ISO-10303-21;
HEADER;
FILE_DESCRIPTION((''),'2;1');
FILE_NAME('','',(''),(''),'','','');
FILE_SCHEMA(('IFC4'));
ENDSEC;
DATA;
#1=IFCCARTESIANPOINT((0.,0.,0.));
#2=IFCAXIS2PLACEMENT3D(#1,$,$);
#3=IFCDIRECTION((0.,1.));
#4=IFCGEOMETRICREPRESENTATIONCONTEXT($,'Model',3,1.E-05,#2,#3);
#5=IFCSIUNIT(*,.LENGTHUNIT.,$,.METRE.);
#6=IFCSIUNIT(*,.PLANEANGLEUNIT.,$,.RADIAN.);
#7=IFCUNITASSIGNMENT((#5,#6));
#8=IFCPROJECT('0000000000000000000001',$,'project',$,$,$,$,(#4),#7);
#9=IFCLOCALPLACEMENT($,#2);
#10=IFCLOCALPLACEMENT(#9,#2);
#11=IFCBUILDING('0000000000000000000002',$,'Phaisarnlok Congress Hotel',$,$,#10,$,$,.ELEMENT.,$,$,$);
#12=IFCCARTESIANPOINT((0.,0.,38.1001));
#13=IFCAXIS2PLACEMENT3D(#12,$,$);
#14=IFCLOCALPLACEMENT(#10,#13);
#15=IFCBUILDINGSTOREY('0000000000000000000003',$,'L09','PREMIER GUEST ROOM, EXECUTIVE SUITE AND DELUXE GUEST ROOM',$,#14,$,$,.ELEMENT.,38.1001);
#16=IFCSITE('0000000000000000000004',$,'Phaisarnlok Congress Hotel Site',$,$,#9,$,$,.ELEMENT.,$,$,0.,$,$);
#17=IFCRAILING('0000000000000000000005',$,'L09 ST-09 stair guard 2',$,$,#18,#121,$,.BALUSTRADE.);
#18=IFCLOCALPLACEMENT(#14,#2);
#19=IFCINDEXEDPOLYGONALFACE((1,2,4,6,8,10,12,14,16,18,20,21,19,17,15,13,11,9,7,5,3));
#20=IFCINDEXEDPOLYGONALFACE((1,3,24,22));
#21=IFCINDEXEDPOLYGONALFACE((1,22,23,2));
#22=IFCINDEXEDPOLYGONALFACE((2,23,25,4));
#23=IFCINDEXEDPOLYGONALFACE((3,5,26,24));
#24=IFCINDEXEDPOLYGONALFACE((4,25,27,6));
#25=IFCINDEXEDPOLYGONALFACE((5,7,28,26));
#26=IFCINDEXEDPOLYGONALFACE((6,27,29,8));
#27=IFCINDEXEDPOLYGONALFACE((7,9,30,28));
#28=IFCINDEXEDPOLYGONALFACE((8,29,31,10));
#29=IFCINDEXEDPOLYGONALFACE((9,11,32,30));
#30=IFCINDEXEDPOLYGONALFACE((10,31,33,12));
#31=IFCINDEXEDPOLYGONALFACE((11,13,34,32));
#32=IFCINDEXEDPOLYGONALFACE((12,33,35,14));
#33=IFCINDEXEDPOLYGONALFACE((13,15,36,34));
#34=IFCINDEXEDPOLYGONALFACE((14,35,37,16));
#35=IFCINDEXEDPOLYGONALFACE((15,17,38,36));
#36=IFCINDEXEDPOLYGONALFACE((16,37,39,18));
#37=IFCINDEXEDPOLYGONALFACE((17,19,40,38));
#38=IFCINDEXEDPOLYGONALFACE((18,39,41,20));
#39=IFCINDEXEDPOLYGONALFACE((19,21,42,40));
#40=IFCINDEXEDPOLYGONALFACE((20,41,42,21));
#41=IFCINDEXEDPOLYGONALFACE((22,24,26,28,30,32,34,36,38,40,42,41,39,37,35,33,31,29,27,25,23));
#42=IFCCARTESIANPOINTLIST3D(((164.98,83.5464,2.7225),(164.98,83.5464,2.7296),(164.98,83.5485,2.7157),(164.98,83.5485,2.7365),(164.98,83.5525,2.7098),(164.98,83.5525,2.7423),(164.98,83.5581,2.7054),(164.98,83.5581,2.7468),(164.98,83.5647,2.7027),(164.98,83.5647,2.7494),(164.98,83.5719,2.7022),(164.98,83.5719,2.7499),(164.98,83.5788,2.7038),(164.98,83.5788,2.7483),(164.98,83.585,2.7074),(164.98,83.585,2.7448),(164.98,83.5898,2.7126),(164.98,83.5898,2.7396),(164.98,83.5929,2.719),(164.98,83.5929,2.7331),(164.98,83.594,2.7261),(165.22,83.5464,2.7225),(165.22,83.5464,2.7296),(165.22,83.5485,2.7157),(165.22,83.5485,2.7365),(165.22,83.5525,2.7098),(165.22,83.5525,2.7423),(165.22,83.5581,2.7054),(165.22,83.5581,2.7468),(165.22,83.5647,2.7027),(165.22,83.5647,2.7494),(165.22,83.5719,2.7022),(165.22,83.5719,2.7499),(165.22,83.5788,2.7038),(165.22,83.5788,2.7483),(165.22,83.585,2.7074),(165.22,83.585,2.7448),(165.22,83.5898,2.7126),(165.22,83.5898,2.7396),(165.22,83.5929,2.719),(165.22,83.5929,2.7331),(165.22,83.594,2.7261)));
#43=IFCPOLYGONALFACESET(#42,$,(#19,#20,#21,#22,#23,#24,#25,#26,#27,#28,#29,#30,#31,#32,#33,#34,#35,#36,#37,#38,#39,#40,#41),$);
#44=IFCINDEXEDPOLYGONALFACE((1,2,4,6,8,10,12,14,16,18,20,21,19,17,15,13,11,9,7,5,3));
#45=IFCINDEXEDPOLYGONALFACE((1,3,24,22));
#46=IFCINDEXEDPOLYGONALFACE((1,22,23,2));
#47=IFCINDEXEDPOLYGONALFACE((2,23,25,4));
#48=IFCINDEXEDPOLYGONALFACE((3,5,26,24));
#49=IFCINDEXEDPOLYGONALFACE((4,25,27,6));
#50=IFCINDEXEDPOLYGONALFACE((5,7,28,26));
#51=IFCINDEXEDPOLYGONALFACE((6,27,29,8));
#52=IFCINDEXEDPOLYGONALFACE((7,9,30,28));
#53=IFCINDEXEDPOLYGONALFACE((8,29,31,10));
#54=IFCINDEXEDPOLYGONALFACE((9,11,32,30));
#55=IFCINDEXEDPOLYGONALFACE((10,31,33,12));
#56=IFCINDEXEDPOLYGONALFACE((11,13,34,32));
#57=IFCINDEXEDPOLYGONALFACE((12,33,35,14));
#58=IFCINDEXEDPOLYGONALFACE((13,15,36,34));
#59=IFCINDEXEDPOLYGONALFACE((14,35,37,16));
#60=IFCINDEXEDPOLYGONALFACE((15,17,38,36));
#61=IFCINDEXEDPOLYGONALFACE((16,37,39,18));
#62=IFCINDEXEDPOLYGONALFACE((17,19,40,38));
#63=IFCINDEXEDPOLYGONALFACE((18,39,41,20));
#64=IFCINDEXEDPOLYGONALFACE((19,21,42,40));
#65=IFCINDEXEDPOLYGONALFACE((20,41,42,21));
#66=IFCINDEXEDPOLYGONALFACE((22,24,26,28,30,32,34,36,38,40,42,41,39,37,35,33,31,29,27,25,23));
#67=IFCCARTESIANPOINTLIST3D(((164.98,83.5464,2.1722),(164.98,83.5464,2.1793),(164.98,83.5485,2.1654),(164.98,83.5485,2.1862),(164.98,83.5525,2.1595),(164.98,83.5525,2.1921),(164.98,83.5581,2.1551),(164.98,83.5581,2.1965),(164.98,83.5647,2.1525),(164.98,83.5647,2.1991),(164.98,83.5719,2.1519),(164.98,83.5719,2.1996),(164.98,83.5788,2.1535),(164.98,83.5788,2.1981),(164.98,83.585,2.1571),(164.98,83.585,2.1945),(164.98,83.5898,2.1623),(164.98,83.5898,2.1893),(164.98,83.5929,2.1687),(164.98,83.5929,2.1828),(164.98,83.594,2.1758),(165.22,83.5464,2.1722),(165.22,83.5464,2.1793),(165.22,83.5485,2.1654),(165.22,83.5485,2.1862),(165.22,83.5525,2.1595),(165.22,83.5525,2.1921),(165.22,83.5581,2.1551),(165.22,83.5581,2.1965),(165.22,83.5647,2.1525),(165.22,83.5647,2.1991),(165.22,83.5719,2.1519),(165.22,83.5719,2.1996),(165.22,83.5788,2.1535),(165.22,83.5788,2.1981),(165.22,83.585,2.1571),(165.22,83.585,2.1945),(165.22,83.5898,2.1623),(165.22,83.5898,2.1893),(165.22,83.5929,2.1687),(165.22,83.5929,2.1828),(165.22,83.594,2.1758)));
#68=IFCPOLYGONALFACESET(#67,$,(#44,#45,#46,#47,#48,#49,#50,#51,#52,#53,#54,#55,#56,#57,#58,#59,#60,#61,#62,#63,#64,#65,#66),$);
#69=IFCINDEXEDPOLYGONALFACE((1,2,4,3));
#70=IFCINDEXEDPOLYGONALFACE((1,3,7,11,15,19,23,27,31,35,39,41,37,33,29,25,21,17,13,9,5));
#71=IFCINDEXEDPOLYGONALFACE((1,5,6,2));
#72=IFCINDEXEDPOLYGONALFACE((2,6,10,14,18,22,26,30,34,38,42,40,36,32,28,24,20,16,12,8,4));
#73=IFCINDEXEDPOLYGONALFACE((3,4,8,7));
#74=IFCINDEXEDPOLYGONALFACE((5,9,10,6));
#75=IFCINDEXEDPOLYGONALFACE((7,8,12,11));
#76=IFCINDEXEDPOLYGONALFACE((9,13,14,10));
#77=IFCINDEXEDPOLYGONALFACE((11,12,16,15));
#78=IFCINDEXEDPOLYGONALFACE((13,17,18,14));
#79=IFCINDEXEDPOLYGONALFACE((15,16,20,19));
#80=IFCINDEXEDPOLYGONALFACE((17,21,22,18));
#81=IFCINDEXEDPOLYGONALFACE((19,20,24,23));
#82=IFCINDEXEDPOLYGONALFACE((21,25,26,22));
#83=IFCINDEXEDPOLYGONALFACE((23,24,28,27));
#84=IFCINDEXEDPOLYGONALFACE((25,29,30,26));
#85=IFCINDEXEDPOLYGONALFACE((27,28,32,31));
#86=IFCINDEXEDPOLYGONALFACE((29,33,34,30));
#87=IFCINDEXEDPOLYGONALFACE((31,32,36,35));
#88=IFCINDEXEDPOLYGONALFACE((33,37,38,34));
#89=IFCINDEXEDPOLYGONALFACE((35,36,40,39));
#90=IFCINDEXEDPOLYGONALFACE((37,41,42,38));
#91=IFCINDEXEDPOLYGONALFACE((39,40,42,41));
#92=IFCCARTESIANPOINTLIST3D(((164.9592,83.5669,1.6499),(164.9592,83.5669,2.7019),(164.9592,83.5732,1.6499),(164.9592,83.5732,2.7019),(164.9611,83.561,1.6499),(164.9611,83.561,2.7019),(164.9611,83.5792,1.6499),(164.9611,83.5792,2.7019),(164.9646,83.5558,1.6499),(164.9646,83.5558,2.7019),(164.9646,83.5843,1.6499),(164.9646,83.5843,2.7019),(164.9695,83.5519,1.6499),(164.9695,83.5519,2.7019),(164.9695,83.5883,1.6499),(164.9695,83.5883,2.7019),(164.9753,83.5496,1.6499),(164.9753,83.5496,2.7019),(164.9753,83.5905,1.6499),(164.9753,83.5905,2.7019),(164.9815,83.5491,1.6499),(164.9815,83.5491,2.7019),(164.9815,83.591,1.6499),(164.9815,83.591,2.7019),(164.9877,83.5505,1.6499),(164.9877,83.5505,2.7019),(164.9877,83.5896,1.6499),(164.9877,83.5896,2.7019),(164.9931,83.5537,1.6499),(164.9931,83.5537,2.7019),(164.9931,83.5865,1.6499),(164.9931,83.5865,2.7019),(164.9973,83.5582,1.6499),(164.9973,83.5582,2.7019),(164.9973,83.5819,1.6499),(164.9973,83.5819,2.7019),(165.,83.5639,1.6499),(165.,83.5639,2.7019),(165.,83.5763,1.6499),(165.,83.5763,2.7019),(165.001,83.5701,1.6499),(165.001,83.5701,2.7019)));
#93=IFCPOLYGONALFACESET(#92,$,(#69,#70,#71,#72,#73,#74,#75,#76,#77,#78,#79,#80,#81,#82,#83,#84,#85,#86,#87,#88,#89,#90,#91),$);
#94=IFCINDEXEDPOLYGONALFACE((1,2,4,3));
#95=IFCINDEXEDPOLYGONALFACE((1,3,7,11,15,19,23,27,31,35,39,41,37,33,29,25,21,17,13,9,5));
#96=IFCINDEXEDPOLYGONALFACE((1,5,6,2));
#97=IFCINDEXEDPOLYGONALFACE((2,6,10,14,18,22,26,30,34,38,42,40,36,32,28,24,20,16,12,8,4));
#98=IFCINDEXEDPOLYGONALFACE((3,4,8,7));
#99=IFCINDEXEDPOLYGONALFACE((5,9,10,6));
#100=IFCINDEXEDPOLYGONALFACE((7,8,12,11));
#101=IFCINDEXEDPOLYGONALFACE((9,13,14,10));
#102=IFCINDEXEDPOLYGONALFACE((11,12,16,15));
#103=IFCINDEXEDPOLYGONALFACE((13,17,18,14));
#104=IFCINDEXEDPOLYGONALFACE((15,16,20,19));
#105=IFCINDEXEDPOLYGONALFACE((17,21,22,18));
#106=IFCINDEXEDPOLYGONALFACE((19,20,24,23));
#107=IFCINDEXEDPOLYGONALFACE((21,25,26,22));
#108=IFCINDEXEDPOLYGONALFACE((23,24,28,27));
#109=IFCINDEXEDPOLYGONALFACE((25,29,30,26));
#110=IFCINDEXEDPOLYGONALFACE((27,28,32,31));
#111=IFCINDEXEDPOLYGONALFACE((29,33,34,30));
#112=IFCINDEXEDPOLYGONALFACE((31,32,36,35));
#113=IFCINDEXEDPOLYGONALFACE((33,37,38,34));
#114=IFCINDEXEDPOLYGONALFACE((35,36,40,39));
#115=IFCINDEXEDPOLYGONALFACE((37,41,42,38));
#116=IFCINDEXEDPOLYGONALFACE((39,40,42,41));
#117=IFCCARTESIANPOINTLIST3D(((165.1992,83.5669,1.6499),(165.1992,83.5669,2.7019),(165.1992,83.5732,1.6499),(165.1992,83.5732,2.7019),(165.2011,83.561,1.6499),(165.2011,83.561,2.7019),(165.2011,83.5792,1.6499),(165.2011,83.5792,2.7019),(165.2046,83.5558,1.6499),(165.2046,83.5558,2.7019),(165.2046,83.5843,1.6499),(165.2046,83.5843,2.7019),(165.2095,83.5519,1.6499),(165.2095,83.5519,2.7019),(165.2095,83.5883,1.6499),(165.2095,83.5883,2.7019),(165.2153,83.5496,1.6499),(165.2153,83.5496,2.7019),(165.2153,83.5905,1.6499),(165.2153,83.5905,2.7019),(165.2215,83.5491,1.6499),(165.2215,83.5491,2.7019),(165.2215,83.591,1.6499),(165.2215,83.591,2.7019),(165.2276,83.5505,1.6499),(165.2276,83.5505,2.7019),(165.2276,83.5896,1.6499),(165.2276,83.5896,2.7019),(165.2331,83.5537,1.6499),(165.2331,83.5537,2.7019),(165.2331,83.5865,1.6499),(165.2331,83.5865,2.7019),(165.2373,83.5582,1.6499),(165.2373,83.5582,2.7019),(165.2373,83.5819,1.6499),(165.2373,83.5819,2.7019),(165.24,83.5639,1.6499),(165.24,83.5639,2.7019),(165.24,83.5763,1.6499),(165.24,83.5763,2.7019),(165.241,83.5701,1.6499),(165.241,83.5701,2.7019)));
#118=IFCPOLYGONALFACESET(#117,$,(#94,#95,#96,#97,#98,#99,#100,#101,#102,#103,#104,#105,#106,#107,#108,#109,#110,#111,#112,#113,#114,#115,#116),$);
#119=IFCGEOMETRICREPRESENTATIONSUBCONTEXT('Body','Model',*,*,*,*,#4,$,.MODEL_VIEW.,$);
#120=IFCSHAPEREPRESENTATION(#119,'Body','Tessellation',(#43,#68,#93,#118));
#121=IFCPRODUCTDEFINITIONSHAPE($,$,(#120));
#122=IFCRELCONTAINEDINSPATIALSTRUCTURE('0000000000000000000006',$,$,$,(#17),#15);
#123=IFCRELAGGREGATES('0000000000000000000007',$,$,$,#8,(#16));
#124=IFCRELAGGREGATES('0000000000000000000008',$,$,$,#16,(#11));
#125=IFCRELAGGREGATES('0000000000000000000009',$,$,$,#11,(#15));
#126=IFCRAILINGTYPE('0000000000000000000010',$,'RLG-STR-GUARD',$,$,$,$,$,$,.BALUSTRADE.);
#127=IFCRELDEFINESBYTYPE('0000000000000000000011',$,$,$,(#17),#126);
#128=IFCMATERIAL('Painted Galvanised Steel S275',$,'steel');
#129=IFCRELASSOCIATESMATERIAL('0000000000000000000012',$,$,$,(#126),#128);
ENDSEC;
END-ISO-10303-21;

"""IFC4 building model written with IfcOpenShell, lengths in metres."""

from ifc_helpers import new_model, si_unit, direction, frame, origin, origin_2d, place, context, subcontext, project, spatial, circle, extrude, material, type_object, element, save


model = new_model("IFC4")

# Units and contexts
model_context = context("Model", 3, precision=1e-05, world=origin(), true_north=direction((0.0, 1.0)))
body_context = subcontext(model_context, "Body", "Model", "MODEL_VIEW")
ifc_project = project(units=[si_unit("LENGTHUNIT", "METRE"), si_unit("PLANEANGLEUNIT", "RADIAN")], contexts=[model_context])

# Site, building, storey
site_placement = place(None, origin())
site = spatial("IfcSite", under=ifc_project, at=site_placement, Name="Phaisarnlok Congress Hotel Site", CompositionType="ELEMENT", RefElevation=0.0)
building_placement = place(site_placement, origin())
building = spatial("IfcBuilding", under=site, at=building_placement, Name="Phaisarnlok Congress Hotel", CompositionType="ELEMENT")
storey_placement = place(building_placement, frame((0.0, 0.0, 38.1001)))
storey = spatial("IfcBuildingStorey", under=building, at=storey_placement, Name="L09", Description="PREMIER GUEST ROOM, EXECUTIVE SUITE AND DELUXE GUEST ROOM", CompositionType="ELEMENT", Elevation=38.1001)

# Railing
ifc_material_1 = material(Name="Painted Galvanised Steel S275", Category="steel")
railing_type_1 = type_object("IfcRailingType", Name="RLG-STR-GUARD", PredefinedType="BALUSTRADE", material=ifc_material_1)
railing_1_placement = place(storey_placement, frame((164.98, 83.5701, 1.6499)))
element("IfcRailing", 1, at=railing_1_placement, inside=storey, type_object=railing_type_1, Name="L09 ST-09 stair guard 2", PredefinedType="BALUSTRADE", context=body_context, shape_type="SweptSolid", body=[
    extrude(circle(Radius=0.0239, at=origin_2d()), frame((0.0, 0.0, 1.0762), z_axis=(1.0, 0.0, 0.0), x_axis=(0.0, 1.0, 0.0)), (0.0, 0.0, 1.0), 0.24),
    extrude(circle(Radius=0.0239, at=origin_2d()), frame((0.0, 0.0, 0.5259), z_axis=(1.0, 0.0, 0.0), x_axis=(0.0, 1.0, 0.0)), (0.0, 0.0, 1.0), 0.24),
    extrude(circle(Radius=0.021, at=origin_2d()), origin(), (0.0, 0.0, 1.0), 1.052),
    extrude(circle(Radius=0.021, at=origin_2d()), frame((0.24, 0.0, 0.0)), (0.0, 0.0, 1.0), 1.052),
])

save(model, "model.ifc")
